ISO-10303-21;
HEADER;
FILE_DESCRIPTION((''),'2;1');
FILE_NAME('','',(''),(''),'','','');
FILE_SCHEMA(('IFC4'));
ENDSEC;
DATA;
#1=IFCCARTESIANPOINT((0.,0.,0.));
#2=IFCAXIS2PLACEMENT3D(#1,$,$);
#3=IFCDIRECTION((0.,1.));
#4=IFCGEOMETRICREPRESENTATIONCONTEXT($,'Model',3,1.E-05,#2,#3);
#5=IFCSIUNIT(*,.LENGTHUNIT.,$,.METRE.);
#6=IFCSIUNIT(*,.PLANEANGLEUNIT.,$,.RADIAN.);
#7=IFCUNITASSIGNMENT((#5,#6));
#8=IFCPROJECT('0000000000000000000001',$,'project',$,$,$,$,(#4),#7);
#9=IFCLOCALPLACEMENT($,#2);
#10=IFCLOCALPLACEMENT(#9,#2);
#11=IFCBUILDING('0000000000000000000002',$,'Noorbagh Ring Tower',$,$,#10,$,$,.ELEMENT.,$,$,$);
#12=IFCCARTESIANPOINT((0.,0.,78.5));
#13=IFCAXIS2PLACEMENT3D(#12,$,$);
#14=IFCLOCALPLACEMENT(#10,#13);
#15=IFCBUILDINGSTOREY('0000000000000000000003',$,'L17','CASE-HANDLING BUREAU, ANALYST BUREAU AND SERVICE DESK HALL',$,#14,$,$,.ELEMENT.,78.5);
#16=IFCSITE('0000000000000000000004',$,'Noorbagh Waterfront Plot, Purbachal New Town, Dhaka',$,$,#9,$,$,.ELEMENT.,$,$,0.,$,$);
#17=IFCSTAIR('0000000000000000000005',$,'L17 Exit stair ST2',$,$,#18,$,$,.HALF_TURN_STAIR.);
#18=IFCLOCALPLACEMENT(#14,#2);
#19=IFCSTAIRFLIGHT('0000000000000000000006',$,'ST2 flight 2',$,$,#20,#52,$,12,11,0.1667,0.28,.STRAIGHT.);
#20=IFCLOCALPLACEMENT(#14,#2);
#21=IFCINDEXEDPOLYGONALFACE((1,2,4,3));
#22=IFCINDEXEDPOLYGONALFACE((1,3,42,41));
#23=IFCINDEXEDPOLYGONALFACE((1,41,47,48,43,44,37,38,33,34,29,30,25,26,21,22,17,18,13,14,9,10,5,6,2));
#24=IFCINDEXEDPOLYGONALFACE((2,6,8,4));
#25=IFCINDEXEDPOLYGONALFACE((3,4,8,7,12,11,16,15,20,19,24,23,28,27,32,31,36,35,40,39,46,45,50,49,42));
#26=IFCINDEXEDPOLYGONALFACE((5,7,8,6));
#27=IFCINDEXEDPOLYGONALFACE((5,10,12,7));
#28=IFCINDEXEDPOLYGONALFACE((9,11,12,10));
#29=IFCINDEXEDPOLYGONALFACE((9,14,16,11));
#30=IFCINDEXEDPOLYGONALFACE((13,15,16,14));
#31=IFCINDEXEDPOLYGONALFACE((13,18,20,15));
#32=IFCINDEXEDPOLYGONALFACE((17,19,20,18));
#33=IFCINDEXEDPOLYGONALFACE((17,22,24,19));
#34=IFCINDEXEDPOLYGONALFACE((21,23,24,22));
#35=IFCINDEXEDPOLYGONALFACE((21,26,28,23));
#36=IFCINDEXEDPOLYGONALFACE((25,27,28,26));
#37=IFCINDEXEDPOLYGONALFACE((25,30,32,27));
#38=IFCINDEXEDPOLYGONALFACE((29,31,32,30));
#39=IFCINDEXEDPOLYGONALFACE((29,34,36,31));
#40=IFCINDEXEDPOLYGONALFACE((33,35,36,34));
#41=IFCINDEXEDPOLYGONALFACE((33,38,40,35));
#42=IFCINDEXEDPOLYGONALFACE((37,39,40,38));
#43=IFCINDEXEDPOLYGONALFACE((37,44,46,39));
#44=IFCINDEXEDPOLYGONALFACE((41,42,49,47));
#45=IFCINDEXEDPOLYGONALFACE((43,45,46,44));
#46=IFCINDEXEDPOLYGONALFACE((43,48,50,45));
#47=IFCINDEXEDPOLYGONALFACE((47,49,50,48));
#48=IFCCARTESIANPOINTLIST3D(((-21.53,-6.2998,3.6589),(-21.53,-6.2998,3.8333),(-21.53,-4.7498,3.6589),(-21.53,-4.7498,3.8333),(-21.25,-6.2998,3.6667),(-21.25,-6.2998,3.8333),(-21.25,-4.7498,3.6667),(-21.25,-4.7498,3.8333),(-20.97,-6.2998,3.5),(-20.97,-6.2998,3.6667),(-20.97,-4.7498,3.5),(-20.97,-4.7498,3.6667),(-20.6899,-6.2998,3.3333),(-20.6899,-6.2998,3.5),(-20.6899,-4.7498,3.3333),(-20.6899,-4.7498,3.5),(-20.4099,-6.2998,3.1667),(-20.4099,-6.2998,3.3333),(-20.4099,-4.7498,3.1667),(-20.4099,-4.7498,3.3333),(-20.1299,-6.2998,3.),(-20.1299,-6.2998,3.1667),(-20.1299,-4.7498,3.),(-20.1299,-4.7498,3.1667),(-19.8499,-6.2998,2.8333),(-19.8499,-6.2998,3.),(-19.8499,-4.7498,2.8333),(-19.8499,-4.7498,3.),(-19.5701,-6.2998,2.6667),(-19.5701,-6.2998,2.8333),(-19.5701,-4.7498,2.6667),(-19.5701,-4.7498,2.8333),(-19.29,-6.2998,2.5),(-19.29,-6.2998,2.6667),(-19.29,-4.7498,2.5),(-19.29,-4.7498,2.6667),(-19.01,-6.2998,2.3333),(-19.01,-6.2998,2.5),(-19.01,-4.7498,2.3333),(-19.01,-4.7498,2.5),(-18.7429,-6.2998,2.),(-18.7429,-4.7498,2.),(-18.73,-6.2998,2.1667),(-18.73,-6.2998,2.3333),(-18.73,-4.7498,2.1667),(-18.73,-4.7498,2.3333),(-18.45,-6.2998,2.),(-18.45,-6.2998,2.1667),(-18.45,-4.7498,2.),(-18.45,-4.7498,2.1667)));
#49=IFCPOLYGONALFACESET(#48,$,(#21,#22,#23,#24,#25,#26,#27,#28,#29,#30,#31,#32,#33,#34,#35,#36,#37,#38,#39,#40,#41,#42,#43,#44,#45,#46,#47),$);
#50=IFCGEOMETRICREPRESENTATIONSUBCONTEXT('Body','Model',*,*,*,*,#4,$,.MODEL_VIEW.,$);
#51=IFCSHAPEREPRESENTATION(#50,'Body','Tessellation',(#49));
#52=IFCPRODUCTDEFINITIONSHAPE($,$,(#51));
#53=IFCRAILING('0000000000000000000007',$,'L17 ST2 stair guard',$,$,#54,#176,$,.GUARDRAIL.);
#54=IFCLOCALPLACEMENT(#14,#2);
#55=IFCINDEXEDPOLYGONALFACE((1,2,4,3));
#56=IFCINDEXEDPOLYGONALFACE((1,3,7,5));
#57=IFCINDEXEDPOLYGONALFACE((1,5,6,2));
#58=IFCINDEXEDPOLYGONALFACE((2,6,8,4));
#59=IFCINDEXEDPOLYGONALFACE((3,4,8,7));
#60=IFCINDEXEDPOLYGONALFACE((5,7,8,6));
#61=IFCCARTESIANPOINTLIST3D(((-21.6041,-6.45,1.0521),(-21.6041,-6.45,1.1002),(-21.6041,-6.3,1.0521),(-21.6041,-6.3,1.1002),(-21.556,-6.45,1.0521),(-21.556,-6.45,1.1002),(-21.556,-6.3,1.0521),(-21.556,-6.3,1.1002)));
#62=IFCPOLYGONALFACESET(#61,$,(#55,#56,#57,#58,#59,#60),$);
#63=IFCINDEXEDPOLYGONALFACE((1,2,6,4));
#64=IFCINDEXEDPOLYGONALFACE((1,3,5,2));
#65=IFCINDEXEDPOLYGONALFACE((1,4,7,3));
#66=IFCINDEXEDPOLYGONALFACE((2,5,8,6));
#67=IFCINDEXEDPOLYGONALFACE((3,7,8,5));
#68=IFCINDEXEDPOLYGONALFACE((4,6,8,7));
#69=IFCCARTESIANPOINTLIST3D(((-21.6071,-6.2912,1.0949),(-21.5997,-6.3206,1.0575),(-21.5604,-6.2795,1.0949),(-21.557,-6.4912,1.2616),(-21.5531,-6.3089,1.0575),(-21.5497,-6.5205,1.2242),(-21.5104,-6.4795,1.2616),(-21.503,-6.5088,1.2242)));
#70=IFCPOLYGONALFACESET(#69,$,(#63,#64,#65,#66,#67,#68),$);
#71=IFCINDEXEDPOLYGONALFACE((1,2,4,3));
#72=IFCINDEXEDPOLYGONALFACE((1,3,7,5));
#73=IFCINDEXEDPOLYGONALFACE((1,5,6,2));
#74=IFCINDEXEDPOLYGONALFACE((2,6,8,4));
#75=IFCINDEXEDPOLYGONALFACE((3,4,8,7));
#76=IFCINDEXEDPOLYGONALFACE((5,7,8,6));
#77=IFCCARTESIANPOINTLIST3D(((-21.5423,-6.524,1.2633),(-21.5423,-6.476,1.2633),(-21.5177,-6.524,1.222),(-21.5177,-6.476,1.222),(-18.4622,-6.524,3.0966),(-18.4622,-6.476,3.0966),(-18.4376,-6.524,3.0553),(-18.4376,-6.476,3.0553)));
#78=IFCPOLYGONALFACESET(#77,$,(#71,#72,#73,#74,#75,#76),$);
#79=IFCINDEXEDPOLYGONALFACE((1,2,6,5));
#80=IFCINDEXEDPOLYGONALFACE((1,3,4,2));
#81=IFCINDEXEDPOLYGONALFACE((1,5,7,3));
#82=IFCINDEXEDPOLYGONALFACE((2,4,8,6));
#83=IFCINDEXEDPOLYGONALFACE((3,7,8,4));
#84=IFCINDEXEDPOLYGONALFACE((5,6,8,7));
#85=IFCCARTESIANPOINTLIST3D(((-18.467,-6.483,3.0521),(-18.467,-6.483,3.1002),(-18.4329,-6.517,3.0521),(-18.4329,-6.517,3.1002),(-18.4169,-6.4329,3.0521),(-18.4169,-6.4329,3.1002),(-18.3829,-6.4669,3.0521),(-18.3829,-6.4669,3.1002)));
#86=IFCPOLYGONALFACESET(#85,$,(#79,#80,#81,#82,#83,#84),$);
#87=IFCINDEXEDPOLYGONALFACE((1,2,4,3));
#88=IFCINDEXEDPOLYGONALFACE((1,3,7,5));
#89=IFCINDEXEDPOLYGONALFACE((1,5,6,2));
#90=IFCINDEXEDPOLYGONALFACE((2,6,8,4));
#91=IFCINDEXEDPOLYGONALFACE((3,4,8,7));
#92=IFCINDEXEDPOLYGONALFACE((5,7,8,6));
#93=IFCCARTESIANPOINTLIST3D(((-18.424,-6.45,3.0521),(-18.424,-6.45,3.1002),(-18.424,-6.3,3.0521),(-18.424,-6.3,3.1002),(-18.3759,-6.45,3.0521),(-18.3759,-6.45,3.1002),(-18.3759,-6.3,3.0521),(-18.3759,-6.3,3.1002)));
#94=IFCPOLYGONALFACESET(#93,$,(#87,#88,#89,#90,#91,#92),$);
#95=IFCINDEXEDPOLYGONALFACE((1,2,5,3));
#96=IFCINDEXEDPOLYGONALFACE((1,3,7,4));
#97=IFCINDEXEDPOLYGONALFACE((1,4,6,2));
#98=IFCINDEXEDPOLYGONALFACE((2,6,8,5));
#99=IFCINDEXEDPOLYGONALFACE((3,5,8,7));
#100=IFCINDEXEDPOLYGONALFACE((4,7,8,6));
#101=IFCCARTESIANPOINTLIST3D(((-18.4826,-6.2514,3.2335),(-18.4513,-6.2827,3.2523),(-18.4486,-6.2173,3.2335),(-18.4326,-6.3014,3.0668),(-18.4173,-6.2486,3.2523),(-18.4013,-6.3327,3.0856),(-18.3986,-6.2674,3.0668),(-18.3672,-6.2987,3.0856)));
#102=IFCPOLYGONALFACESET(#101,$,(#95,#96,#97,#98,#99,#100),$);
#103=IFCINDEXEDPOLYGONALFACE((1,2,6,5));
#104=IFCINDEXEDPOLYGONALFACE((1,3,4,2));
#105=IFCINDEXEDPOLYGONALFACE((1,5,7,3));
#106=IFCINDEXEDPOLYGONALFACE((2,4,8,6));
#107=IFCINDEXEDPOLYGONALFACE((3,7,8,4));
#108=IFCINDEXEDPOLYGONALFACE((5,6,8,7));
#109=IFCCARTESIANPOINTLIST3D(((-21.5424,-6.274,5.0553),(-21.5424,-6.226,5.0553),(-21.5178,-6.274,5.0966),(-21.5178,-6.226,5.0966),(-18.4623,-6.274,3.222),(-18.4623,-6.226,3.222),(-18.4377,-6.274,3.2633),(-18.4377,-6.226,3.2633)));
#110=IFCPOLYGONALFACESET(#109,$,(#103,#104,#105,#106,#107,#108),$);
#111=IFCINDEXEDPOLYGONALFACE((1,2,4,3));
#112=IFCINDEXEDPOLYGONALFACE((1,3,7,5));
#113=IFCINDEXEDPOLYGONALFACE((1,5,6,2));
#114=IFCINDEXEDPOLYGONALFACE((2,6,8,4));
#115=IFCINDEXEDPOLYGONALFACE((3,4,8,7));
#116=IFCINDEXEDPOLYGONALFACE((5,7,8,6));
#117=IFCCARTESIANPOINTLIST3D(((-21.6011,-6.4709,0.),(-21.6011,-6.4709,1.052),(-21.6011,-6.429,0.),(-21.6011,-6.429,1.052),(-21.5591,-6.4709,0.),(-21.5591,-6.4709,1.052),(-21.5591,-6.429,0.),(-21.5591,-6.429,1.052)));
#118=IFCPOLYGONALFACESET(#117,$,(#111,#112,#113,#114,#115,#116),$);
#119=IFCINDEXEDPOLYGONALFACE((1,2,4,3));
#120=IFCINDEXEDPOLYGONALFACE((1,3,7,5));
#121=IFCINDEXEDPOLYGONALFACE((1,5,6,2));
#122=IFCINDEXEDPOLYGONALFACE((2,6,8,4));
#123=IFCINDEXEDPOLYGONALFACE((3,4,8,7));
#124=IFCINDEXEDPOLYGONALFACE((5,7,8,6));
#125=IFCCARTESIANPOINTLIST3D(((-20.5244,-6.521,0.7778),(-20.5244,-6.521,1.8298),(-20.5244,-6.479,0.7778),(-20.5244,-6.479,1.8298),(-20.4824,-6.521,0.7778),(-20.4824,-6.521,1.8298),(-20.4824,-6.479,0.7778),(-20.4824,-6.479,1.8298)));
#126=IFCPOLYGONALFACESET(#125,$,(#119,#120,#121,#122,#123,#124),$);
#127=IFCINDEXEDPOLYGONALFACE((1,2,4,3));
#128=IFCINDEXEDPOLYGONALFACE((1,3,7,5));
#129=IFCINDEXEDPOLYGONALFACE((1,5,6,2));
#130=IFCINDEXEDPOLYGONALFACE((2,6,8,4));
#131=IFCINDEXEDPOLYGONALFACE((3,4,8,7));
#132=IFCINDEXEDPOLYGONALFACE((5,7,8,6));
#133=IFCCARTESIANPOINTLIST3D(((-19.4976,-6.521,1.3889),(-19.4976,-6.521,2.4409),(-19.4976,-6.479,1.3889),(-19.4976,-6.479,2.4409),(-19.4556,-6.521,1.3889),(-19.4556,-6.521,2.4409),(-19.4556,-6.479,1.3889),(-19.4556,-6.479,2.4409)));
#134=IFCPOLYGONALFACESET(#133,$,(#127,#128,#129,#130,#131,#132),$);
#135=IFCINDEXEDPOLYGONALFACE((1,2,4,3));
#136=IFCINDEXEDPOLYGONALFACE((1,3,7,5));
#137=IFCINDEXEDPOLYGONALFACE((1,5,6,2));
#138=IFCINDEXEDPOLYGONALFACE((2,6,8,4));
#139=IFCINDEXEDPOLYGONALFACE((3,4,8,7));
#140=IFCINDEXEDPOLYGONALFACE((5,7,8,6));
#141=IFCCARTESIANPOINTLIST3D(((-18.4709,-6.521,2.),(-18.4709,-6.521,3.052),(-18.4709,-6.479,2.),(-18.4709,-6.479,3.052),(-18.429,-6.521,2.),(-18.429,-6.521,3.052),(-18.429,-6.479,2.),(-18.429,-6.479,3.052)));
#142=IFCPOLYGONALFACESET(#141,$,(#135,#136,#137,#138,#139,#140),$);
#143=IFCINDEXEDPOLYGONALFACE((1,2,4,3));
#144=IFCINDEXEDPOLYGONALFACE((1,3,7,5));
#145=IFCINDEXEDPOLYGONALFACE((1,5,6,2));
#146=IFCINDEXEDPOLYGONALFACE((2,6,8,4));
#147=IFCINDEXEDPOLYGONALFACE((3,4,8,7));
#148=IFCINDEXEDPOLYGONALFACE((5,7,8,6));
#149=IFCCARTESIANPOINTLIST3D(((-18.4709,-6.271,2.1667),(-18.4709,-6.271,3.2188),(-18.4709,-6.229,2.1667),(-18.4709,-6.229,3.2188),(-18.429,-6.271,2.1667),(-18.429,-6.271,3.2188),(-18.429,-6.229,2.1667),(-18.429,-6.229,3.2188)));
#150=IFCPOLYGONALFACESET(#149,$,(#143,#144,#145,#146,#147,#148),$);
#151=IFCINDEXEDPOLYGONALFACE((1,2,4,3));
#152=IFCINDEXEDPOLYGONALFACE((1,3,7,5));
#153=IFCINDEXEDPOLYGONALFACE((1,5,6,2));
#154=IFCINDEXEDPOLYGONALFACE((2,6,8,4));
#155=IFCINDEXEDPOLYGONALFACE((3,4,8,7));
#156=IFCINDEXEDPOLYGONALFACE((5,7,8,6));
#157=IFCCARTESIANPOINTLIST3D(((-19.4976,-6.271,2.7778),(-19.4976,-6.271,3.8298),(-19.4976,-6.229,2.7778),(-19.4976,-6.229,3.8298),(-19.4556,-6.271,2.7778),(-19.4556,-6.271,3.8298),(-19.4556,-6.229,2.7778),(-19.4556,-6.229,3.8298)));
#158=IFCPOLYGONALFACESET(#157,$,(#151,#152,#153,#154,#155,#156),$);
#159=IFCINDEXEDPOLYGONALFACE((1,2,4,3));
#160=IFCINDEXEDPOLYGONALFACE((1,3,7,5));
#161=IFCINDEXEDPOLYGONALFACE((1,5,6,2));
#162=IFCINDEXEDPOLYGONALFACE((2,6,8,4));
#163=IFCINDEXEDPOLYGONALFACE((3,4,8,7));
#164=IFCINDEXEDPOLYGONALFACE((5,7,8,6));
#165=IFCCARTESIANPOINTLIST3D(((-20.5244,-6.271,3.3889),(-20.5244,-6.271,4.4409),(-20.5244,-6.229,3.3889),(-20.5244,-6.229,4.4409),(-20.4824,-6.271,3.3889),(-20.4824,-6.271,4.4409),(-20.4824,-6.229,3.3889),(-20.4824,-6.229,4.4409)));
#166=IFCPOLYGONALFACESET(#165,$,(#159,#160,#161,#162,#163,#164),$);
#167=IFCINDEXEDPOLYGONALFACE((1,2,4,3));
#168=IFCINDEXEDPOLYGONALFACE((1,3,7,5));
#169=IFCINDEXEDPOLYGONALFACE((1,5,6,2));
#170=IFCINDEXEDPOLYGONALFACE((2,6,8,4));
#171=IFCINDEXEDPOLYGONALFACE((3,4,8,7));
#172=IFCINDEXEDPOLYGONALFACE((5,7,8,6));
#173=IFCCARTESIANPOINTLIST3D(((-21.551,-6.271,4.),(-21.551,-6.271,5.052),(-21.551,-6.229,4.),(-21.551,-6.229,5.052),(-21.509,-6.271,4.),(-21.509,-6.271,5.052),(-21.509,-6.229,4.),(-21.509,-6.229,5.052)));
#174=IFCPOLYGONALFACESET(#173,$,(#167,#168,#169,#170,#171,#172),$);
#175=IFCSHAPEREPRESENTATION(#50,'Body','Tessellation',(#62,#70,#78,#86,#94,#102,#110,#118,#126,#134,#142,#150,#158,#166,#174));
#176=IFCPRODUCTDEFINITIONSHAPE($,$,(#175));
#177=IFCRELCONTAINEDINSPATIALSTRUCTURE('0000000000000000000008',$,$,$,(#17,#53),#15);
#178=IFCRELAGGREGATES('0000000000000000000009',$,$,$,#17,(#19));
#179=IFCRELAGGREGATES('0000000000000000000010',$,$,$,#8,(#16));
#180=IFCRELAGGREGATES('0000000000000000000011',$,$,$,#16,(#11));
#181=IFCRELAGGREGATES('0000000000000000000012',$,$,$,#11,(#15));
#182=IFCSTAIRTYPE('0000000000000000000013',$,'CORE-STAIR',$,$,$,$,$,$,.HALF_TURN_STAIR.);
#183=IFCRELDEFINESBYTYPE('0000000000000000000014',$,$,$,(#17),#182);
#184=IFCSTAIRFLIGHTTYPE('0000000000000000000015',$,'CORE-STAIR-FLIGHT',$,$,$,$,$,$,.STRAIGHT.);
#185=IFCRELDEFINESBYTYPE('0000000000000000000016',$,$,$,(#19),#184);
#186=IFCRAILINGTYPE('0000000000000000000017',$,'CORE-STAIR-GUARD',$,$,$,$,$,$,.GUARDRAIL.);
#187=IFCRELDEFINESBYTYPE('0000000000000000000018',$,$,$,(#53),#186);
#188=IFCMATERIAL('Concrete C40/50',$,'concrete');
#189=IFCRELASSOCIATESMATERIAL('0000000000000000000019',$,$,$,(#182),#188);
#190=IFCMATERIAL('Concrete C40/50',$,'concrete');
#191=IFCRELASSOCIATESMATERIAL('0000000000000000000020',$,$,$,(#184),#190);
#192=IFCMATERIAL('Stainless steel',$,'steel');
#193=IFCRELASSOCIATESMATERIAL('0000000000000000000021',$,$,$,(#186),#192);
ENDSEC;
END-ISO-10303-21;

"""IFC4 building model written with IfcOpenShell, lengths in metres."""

from ifc_helpers import new_model, si_unit, direction, frame, origin, origin_2d, place, context, subcontext, project, spatial, polyline, rectangle, outline, extrude, material, type_object, element, aggregate, save


model = new_model("IFC4")

# Units and contexts
model_context = context("Model", 3, precision=1e-05, world=origin(), true_north=direction((0.0, 1.0)))
body_context = subcontext(model_context, "Body", "Model", "MODEL_VIEW")
ifc_project = project(units=[si_unit("LENGTHUNIT", "METRE"), si_unit("PLANEANGLEUNIT", "RADIAN")], contexts=[model_context])

# Site, building, storey
site_placement = place(None, origin())
site = spatial("IfcSite", under=ifc_project, at=site_placement, Name="Noorbagh Waterfront Plot, Purbachal New Town, Dhaka", CompositionType="ELEMENT", RefElevation=0.0)
building_placement = place(site_placement, origin())
building = spatial("IfcBuilding", under=site, at=building_placement, Name="Noorbagh Ring Tower", CompositionType="ELEMENT")
storey_placement = place(building_placement, frame((0.0, 0.0, 78.5)))
storey = spatial("IfcBuildingStorey", under=building, at=storey_placement, Name="L17", Description="CASE-HANDLING BUREAU, ANALYST BUREAU AND SERVICE DESK HALL", CompositionType="ELEMENT", Elevation=78.5)

# Stair, stair flight
ifc_material_1 = material(Name="Concrete C40/50", Category="concrete")
stair_type = type_object("IfcStairType", Name="CORE-STAIR", PredefinedType="HALF_TURN_STAIR", material=ifc_material_1)
stair_placement = place(storey_placement, origin())
stair = element("IfcStair", 1, at=stair_placement, inside=storey, type_object=stair_type, Name="L17 Exit stair ST2", PredefinedType="HALF_TURN_STAIR")
ifc_material_2 = material(Name="Concrete C40/50", Category="concrete")
stair_flight_type = type_object("IfcStairFlightType", Name="CORE-STAIR-FLIGHT", PredefinedType="STRAIGHT", material=ifc_material_2)
stair_flight_1_placement = place(storey_placement, frame((-18.45, -5.5249, 2.0), z_axis=(0.0, 0.0, 1.0), x_axis=(-1.0, 0.0, 0.0)))
stair_flight_1 = element("IfcStairFlight", 2, at=stair_flight_1_placement, type_object=stair_flight_type, Name="ST2 flight 2", NumberOfRisers=12, NumberOfTreads=11, PredefinedType="STRAIGHT", RiserHeight=0.1667, TreadLength=0.28, context=body_context, shape_type="SweptSolid", body=[
    extrude(outline(polyline([(0.0, 0.0), (0.0, 0.1667), (0.28, 0.1667), (0.28, 0.3333), (0.5601, 0.3333), (0.5601, 0.5), (0.8401, 0.5), (0.8401, 0.6667), (1.1201, 0.6667), (1.1201, 0.8333), (1.3999, 0.8333), (1.3999, 1.0), (1.6799, 1.0), (1.6799, 1.1667), (1.96, 1.1667), (1.96, 1.3333), (2.24, 1.3333), (2.24, 1.5), (2.52, 1.5), (2.52, 1.6667), (2.8, 1.6667), (2.8, 1.8333), (3.0801, 1.8333), (3.0801, 2.0), (3.0801, 1.6589), (0.293, 0.0), (0.0, 0.0)])), frame((0.0, 0.7749, 0.0), z_axis=(0.0, -1.0, 0.0), x_axis=(1.0, 0.0, 0.0)), (0.0, 0.0, 1.0), 1.55),
])
aggregate(stair, [stair_flight_1])

# Railing
ifc_material_3 = material(Name="Stainless steel", Category="steel")
railing_type_1 = type_object("IfcRailingType", Name="CORE-STAIR-GUARD", PredefinedType="GUARDRAIL", material=ifc_material_3)
railing_1_placement = place(storey_placement, frame((-21.5801, -6.45, 0.0)))
element("IfcRailing", 3, at=railing_1_placement, inside=storey, type_object=railing_type_1, Name="L17 ST2 stair guard", PredefinedType="GUARDRAIL", context=body_context, shape_type="SweptSolid", body=[
    extrude(rectangle(XDim=0.0481, YDim=0.0481, at=origin_2d()), frame((0.0, 0.0, 1.0762), z_axis=(0.0, 1.0, 0.0), x_axis=(-1.0, 0.0, 0.0)), (0.0, 0.0, 1.0), 0.1499),
    extrude(rectangle(XDim=0.0481, YDim=0.0481, at=origin_2d()), frame((0.0, 0.1499, 1.0762), z_axis=(0.188776, -0.754182, 0.628946), x_axis=(0.970073, 0.242814, 0.0)), (0.0, 0.0, 1.0), 0.2651),
    extrude(rectangle(XDim=0.0481, YDim=0.0481, at=origin_2d()), frame((0.05, -0.05, 1.2427), z_axis=(0.859309, 0.0, 0.511458), x_axis=(0.0, 1.0, 0.0)), (0.0, 0.0, 1.0), 3.5845),
    extrude(rectangle(XDim=0.0481, YDim=0.0481, at=origin_2d()), frame((3.1301, -0.05, 3.0762), z_axis=(0.707107, 0.707107, 0.0), x_axis=(-0.707107, 0.707107, 0.0)), (0.0, 0.0, 1.0), 0.0708),
    extrude(rectangle(XDim=0.0481, YDim=0.0481, at=origin_2d()), frame((3.1802, 0.0, 3.0762), z_axis=(0.0, 1.0, 0.0), x_axis=(-1.0, 0.0, 0.0)), (0.0, 0.0, 1.0), 0.1499),
    extrude(rectangle(XDim=0.0481, YDim=0.0481, at=origin_2d()), frame((3.1802, 0.1499, 3.0762), z_axis=(-0.276287, 0.276287, 0.920506), x_axis=(-0.707107, -0.707107, 0.0)), (0.0, 0.0, 1.0), 0.1812),
    extrude(rectangle(XDim=0.0481, YDim=0.0481, at=origin_2d()), frame((3.1301, 0.2, 3.2427), z_axis=(-0.859309, 0.0, 0.511458), x_axis=(0.0, -1.0, 0.0)), (0.0, 0.0, 1.0), 3.5845),
    extrude(rectangle(XDim=0.042, YDim=0.042, at=origin_2d()), origin(), (0.0, 0.0, 1.0), 1.052),
    extrude(rectangle(XDim=0.042, YDim=0.042, at=origin_2d()), frame((1.0767, -0.05, 0.7778)), (0.0, 0.0, 1.0), 1.052),
    extrude(rectangle(XDim=0.042, YDim=0.042, at=origin_2d()), frame((2.1035, -0.05, 1.3889)), (0.0, 0.0, 1.0), 1.052),
    extrude(rectangle(XDim=0.042, YDim=0.042, at=origin_2d()), frame((3.1301, -0.05, 2.0)), (0.0, 0.0, 1.0), 1.052),
    extrude(rectangle(XDim=0.042, YDim=0.042, at=origin_2d()), frame((3.1301, 0.2, 2.1667)), (0.0, 0.0, 1.0), 1.052),
    extrude(rectangle(XDim=0.042, YDim=0.042, at=origin_2d()), frame((2.1035, 0.2, 2.7778)), (0.0, 0.0, 1.0), 1.052),
    extrude(rectangle(XDim=0.042, YDim=0.042, at=origin_2d()), frame((1.0767, 0.2, 3.3889)), (0.0, 0.0, 1.0), 1.052),
    extrude(rectangle(XDim=0.042, YDim=0.042, at=origin_2d()), frame((0.05, 0.2, 4.0)), (0.0, 0.0, 1.0), 1.052),
])

save(model, "model.ifc")
